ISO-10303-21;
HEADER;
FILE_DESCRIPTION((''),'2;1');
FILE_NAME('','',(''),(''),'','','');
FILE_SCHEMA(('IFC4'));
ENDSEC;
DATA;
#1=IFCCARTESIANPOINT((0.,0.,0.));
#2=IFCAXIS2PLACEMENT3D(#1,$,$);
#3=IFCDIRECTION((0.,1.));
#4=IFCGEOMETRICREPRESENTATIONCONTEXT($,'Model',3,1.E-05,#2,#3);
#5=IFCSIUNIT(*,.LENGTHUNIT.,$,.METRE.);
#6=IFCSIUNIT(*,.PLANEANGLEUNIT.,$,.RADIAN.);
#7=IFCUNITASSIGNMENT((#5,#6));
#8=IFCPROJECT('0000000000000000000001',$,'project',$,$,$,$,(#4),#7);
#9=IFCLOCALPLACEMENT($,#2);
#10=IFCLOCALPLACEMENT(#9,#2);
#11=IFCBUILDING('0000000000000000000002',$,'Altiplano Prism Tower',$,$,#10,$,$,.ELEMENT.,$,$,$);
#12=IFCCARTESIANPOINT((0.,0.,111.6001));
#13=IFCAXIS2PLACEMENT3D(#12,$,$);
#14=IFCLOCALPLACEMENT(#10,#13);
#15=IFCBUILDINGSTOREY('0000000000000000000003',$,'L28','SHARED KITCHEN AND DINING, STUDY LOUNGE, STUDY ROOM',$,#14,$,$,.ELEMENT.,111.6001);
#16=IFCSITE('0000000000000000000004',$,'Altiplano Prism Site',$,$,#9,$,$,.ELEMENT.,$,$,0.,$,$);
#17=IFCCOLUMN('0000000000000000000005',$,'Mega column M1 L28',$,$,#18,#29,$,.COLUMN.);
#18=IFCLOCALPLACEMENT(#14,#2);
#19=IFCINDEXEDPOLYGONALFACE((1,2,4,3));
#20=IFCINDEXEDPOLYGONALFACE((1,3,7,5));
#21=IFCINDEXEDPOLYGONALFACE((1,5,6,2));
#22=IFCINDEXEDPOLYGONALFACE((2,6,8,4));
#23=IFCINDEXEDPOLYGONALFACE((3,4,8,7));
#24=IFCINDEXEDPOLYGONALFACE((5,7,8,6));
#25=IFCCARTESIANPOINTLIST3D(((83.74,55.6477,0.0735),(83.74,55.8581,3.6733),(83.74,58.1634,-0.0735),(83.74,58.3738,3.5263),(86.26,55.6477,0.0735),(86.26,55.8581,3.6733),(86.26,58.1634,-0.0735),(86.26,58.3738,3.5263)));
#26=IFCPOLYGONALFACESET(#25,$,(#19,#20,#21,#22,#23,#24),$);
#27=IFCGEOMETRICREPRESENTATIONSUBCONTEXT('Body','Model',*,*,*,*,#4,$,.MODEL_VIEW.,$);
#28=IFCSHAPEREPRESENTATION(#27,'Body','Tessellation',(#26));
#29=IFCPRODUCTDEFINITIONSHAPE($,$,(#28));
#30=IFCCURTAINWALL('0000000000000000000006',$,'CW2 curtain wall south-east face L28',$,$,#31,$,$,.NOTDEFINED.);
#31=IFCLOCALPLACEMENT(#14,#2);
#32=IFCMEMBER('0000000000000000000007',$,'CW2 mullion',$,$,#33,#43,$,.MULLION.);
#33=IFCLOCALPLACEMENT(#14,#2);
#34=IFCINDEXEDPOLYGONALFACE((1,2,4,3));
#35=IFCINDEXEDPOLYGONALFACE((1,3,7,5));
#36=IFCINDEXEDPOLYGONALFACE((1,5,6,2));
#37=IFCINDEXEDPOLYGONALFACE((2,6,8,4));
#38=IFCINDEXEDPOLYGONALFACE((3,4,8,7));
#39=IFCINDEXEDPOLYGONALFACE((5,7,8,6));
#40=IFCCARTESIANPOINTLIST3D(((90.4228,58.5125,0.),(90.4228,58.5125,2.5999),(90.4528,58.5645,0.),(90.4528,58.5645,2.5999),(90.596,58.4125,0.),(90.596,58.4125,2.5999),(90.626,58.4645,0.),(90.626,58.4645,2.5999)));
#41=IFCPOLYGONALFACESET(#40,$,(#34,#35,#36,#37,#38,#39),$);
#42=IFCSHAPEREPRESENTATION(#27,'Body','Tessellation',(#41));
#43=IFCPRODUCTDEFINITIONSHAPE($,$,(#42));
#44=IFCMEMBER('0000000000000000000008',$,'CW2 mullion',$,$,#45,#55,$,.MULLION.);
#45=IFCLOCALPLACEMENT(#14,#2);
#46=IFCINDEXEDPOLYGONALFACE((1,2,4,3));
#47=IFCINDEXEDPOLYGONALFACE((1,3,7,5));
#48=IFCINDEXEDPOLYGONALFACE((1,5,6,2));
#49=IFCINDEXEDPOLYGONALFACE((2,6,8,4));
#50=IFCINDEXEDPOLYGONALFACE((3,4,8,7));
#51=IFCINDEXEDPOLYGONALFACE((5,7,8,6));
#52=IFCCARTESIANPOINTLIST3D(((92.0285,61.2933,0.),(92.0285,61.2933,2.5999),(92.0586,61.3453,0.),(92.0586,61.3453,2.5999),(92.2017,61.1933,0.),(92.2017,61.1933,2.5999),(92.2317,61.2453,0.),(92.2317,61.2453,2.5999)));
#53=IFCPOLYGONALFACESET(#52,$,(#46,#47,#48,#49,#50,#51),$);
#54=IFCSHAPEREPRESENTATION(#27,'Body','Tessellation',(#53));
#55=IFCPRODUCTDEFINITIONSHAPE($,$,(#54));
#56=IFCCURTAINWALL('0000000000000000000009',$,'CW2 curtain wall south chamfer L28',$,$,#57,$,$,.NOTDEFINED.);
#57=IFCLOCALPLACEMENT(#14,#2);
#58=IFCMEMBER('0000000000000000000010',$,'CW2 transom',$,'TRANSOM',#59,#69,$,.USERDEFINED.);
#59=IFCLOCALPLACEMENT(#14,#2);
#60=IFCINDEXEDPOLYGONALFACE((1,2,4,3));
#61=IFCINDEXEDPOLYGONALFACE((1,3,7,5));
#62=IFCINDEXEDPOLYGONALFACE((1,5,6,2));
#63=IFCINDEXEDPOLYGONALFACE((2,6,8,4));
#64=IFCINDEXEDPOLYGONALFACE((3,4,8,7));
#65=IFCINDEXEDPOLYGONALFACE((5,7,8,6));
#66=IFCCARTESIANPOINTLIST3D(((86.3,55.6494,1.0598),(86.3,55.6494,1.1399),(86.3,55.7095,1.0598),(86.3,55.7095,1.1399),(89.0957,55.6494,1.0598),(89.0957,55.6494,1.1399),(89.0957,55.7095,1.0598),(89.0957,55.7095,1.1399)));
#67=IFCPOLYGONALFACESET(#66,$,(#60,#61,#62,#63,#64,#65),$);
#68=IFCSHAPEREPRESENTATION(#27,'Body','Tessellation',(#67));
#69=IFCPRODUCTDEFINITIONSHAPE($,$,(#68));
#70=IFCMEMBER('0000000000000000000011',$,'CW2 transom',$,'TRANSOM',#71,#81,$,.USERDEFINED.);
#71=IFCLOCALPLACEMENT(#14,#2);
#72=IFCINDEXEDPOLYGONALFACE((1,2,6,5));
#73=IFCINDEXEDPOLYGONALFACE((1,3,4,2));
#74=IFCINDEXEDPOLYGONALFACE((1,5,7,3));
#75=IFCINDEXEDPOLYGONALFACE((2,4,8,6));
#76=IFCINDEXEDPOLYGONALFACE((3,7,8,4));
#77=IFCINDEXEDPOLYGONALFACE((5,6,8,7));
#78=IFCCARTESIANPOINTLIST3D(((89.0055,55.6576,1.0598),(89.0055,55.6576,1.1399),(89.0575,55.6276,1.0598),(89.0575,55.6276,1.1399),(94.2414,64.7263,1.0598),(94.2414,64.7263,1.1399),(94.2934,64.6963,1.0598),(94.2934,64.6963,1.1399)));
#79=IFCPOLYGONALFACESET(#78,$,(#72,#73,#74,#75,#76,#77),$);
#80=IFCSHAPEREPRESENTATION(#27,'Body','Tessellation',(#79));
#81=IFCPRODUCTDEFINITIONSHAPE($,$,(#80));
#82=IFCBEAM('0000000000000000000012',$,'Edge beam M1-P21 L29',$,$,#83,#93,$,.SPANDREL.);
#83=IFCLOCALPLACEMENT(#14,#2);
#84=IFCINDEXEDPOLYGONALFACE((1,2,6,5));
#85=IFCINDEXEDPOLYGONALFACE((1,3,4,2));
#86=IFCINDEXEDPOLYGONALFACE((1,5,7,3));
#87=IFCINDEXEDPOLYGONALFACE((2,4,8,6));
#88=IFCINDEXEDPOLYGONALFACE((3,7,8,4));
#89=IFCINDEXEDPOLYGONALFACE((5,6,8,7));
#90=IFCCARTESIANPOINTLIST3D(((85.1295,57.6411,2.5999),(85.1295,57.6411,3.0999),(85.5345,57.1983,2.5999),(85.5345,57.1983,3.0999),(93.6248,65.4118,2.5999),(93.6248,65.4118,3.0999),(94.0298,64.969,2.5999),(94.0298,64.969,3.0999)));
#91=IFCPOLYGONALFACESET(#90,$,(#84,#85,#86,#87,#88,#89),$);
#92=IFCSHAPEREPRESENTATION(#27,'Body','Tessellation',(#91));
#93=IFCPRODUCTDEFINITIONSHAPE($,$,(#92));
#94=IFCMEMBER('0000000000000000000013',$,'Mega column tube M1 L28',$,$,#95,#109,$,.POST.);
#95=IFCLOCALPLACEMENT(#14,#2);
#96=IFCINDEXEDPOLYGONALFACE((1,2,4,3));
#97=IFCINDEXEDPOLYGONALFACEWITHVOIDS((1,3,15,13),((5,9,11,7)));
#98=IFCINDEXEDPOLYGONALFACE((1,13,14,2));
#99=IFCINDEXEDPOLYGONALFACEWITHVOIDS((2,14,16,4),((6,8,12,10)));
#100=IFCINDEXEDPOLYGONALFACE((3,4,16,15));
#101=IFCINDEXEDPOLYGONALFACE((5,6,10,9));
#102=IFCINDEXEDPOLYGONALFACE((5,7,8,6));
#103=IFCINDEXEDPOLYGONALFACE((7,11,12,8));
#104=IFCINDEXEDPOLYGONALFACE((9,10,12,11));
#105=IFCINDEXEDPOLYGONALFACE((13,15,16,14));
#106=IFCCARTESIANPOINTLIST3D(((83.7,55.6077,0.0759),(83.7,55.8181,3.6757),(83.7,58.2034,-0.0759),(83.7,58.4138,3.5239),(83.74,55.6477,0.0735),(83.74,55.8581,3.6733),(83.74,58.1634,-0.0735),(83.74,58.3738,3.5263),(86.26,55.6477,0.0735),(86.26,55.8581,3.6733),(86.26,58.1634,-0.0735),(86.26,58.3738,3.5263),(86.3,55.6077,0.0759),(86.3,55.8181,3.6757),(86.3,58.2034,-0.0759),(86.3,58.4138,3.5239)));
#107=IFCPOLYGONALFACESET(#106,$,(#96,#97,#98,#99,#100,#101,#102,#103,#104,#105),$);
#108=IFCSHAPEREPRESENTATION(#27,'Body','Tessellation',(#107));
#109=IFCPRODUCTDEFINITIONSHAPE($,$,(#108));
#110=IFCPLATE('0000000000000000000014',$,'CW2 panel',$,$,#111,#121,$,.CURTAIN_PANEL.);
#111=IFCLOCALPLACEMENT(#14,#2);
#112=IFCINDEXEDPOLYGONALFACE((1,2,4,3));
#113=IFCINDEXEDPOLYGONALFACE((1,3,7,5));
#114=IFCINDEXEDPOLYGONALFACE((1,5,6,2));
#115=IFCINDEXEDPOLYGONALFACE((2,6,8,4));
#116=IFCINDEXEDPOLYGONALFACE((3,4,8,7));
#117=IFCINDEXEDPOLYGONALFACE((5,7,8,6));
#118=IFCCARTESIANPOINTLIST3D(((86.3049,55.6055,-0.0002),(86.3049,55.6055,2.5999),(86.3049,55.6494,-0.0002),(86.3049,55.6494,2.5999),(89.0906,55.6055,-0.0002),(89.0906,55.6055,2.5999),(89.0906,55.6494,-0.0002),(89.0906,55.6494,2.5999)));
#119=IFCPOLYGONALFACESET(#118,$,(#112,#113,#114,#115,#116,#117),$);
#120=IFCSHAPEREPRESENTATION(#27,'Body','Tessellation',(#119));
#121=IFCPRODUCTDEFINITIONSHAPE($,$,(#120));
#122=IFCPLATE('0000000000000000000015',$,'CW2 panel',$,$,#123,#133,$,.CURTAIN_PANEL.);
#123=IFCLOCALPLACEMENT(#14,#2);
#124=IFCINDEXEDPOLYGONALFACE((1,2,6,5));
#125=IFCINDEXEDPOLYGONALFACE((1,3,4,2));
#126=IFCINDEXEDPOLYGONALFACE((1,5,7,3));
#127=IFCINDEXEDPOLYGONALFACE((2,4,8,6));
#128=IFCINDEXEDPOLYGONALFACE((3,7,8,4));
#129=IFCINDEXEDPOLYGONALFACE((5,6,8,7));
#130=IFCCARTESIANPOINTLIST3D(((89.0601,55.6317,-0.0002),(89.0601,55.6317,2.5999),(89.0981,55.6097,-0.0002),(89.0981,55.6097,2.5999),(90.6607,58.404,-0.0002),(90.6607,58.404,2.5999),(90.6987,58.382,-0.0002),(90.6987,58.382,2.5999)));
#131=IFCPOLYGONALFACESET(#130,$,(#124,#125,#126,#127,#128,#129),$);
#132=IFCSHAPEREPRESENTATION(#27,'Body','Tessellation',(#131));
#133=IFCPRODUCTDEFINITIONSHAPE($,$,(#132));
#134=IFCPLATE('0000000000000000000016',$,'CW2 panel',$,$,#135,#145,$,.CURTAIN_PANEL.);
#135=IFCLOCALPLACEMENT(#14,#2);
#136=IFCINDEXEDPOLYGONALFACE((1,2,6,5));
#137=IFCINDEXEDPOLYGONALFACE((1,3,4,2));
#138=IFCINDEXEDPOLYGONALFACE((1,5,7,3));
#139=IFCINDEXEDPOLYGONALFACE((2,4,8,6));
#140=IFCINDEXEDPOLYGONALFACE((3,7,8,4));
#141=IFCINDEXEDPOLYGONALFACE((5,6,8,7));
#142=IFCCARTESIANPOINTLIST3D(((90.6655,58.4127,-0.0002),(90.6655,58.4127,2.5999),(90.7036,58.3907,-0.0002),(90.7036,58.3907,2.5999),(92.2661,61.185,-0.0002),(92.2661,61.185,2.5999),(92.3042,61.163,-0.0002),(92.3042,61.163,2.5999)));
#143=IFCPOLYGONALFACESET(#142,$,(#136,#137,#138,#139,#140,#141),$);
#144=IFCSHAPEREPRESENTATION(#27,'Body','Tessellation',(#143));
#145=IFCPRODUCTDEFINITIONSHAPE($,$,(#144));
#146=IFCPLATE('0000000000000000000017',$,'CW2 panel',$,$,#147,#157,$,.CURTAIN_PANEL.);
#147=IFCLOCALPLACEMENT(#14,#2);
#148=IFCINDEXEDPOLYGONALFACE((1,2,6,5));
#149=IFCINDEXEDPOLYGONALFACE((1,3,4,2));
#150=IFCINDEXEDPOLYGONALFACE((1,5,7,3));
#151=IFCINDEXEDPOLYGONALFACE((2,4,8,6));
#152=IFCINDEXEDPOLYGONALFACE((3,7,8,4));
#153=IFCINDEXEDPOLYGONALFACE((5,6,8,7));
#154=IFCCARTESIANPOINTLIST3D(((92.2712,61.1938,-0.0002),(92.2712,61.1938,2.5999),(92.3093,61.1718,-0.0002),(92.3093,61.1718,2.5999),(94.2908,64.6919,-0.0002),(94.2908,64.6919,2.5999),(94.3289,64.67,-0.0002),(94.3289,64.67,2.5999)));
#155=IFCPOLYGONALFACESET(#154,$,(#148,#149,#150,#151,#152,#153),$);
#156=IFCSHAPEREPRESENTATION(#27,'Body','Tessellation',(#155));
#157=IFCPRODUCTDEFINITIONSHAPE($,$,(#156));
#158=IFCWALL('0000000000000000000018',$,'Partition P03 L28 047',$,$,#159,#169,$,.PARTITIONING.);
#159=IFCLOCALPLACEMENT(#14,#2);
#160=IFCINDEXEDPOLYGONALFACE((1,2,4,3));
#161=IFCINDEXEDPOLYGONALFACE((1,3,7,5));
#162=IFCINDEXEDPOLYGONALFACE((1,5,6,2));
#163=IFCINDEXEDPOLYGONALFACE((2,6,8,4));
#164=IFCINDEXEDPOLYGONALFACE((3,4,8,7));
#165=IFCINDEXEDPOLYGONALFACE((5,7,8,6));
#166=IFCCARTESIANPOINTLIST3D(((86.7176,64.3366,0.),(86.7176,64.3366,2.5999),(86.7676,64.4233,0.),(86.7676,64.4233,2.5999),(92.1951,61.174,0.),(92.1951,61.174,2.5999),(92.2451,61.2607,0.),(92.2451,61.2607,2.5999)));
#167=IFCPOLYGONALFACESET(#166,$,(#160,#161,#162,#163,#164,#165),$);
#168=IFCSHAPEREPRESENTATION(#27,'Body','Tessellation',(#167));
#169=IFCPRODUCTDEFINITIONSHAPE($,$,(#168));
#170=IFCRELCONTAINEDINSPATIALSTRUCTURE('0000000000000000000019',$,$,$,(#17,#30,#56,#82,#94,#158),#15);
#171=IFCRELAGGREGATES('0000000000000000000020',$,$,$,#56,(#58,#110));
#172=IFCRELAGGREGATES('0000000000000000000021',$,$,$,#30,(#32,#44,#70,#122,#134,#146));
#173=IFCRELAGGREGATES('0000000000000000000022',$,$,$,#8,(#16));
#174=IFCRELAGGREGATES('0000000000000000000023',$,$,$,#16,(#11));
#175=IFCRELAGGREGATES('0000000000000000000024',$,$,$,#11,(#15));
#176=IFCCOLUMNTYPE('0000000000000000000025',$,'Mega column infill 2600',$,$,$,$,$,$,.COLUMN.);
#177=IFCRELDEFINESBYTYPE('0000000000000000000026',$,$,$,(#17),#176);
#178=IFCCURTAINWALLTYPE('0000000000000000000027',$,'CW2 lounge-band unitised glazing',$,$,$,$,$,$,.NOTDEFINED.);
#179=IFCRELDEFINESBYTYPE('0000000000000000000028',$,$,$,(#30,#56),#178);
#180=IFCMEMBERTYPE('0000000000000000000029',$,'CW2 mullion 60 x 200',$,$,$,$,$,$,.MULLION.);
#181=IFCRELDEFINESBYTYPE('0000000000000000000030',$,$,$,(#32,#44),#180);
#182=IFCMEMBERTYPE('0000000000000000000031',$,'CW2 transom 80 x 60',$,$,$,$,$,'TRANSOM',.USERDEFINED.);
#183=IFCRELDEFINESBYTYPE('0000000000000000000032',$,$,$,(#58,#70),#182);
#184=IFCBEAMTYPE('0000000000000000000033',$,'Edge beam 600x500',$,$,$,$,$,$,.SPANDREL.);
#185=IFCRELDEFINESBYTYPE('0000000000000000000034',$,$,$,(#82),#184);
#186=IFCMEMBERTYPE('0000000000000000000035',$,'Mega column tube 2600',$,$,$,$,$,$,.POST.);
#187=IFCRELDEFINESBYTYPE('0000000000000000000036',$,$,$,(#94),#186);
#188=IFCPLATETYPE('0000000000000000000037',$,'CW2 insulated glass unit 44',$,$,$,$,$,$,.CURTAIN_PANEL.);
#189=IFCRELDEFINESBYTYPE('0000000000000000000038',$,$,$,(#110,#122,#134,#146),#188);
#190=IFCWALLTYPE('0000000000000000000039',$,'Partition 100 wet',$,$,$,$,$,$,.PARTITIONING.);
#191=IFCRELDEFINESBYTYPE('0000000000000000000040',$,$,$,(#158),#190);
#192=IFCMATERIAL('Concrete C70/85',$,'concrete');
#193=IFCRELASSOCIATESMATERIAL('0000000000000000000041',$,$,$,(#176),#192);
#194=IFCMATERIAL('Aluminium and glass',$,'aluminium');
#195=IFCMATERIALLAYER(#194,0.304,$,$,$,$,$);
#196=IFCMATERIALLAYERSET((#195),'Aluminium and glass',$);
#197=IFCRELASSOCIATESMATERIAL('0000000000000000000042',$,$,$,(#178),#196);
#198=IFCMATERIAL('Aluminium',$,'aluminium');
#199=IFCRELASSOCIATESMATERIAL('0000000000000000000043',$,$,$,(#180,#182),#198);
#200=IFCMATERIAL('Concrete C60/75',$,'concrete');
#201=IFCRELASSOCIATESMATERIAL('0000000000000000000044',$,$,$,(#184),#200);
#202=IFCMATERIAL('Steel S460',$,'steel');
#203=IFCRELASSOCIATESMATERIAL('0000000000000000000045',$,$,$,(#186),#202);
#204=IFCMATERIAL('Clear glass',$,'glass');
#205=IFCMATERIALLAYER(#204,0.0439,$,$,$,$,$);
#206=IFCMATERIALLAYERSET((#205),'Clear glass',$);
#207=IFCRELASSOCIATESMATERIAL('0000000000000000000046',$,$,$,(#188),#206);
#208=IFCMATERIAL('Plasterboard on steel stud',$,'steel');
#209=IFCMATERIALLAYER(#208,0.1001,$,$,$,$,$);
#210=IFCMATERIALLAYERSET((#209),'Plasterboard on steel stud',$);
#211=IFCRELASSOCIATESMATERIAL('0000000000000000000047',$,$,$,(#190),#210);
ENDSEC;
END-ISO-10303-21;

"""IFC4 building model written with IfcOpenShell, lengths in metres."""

from ifc_helpers import new_model, si_unit, direction, frame, frame_2d, origin, origin_2d, place, context, subcontext, project, spatial, rectangle, hollow_rectangle, extrude, material, layer, layer_set, material_profile, profile_set, type_object, element, aggregate, save


model = new_model("IFC4")

# Units and contexts
model_context = context("Model", 3, precision=1e-05, world=origin(), true_north=direction((0.0, 1.0)))
body_context = subcontext(model_context, "Body", "Model", "MODEL_VIEW")
ifc_project = project(units=[si_unit("LENGTHUNIT", "METRE"), si_unit("PLANEANGLEUNIT", "RADIAN")], contexts=[model_context])

# Site, building, storey
site_placement = place(None, origin())
site = spatial("IfcSite", under=ifc_project, at=site_placement, Name="Altiplano Prism Site", CompositionType="ELEMENT", RefElevation=0.0)
building_placement = place(site_placement, origin())
building = spatial("IfcBuilding", under=site, at=building_placement, Name="Altiplano Prism Tower", CompositionType="ELEMENT")
storey_placement = place(building_placement, frame((0.0, 0.0, 111.6001)))
storey = spatial("IfcBuildingStorey", under=building, at=storey_placement, Name="L28", Description="SHARED KITCHEN AND DINING, STUDY LOUNGE, STUDY ROOM", CompositionType="ELEMENT", Elevation=111.6001)

# Column
ifc_material_1 = material(Name="Concrete C70/85", Category="concrete")
ifc_material_profile_1 = material_profile(ifc_material_1, rectangle(XDim=2.52, YDim=2.52, at=origin_2d()), Name="Mega column infill 2600")
ifc_profile_set_1 = profile_set([ifc_material_profile_1], Name="Concrete C70/85")
column_type = type_object("IfcColumnType", Name="Mega column infill 2600", PredefinedType="COLUMN", material=ifc_profile_set_1)
column_placement = place(storey_placement, frame((85.0, 56.9055, 0.0), z_axis=(0.0, 0.058361, 0.998296), x_axis=(-1.0, 0.0, 0.0)))
element("IfcColumn", 1, at=column_placement, inside=storey, type_object=column_type, Name="Mega column M1 L28", PredefinedType="COLUMN", context=body_context, shape_type="SweptSolid", body=[
    extrude(rectangle(XDim=2.52, YDim=2.52, at=origin_2d()), origin(), (0.0, 0.0, 1.0), 3.606),
])

# Curtain wall, members
ifc_material_2 = material(Name="Aluminium and glass", Category="aluminium")
ifc_layer_1 = layer(ifc_material_2, 0.304)
ifc_layer_set_1 = layer_set([ifc_layer_1], Name="Aluminium and glass")
curtain_wall_type = type_object("IfcCurtainWallType", Name="CW2 lounge-band unitised glazing", PredefinedType="NOTDEFINED", material=ifc_layer_set_1)
curtain_wall_1_placement = place(storey_placement, origin())
curtain_wall_1 = element("IfcCurtainWall", 2, at=curtain_wall_1_placement, inside=storey, type_object=curtain_wall_type, Name="CW2 curtain wall south-east face L28", PredefinedType="NOTDEFINED")
ifc_material_3 = material(Name="Aluminium", Category="aluminium")
ifc_material_profile_2 = material_profile(ifc_material_3, rectangle(XDim=0.2, YDim=0.0601, at=origin_2d()), Name="CW2 mullion 60 x 200")
ifc_profile_set_2 = profile_set([ifc_material_profile_2], Name="Aluminium")
member_type_1 = type_object("IfcMemberType", Name="CW2 mullion 60 x 200", PredefinedType="MULLION", material=ifc_profile_set_2)
member_1_placement = place(storey_placement, frame((90.5244, 58.4885, 0.0), z_axis=(0.0, 0.0, 1.0), x_axis=(-0.866025, 0.5, 0.0)))
member_1 = element("IfcMember", 3, at=member_1_placement, type_object=member_type_1, Name="CW2 mullion", PredefinedType="MULLION", context=body_context, shape_type="SweptSolid", body=[
    extrude(rectangle(XDim=0.2, YDim=0.0601, at=origin_2d()), origin(), (0.0, 0.0, 1.0), 2.5999),
])
member_2_placement = place(storey_placement, frame((92.1301, 61.2693, 0.0), z_axis=(0.0, 0.0, 1.0), x_axis=(-0.866025, 0.5, 0.0)))
member_2 = element("IfcMember", 4, at=member_2_placement, type_object=member_type_1, Name="CW2 mullion", PredefinedType="MULLION", context=body_context, shape_type="SweptSolid", body=[
    extrude(rectangle(XDim=0.2, YDim=0.0601, at=origin_2d()), origin(), (0.0, 0.0, 1.0), 2.5999),
])

# Curtain wall, member
curtain_wall_2_placement = place(storey_placement, origin())
curtain_wall_2 = element("IfcCurtainWall", 5, at=curtain_wall_2_placement, inside=storey, type_object=curtain_wall_type, Name="CW2 curtain wall south chamfer L28", PredefinedType="NOTDEFINED")
ifc_material_profile_3 = material_profile(ifc_material_3, rectangle(XDim=0.0601, YDim=0.0801, at=origin_2d()), Name="CW2 transom 80 x 60")
ifc_profile_set_3 = profile_set([ifc_material_profile_3], Name="Aluminium")
member_type_2 = type_object("IfcMemberType", Name="CW2 transom 80 x 60", ElementType="TRANSOM", PredefinedType="USERDEFINED", material=ifc_profile_set_3)
member_3_placement = place(storey_placement, frame((86.3, 55.6794, 1.0999), z_axis=(1.0, 0.0, 0.0), x_axis=(0.0, 1.0, 0.0)))
member_3 = element("IfcMember", 6, at=member_3_placement, type_object=member_type_2, Name="CW2 transom", ObjectType="TRANSOM", PredefinedType="USERDEFINED", context=body_context, shape_type="SweptSolid", body=[
    extrude(rectangle(XDim=0.0601, YDim=0.0801, at=origin_2d()), origin(), (0.0, 0.0, 1.0), 2.7957),
])

# Member
member_4_placement = place(storey_placement, frame((89.0315, 55.6426, 1.0999), z_axis=(0.500006, 0.866022, 0.0), x_axis=(-0.866022, 0.500006, 0.0)))
member_4 = element("IfcMember", 7, at=member_4_placement, type_object=member_type_2, Name="CW2 transom", ObjectType="TRANSOM", PredefinedType="USERDEFINED", context=body_context, shape_type="SweptSolid", body=[
    extrude(rectangle(XDim=0.0601, YDim=0.0801, at=origin_2d()), origin(), (0.0, 0.0, 1.0), 10.4717),
])

# Beam
ifc_material_4 = material(Name="Concrete C60/75", Category="concrete")
ifc_material_profile_4 = material_profile(ifc_material_4, rectangle(XDim=0.6001, YDim=0.5, at=origin_2d()), Name="Edge beam 600x500")
ifc_profile_set_4 = profile_set([ifc_material_profile_4], Name="Concrete C60/75")
beam_type = type_object("IfcBeamType", Name="Edge beam 600x500", PredefinedType="SPANDREL", material=ifc_profile_set_4)
beam_placement = place(storey_placement, frame((85.332, 57.4197, 2.8499), z_axis=(0.737875, 0.674938, 0.0), x_axis=(-0.674938, 0.737875, 0.0)))
element("IfcBeam", 8, at=beam_placement, inside=storey, type_object=beam_type, Name="Edge beam M1-P21 L29", PredefinedType="SPANDREL", context=body_context, shape_type="SweptSolid", body=[
    extrude(rectangle(XDim=0.6001, YDim=0.5, at=origin_2d()), origin(), (0.0, 0.0, 1.0), 11.5132),
])

# Member
ifc_material_5 = material(Name="Steel S460", Category="steel")
ifc_material_profile_5 = material_profile(ifc_material_5, hollow_rectangle(XDim=2.6001, YDim=2.6001, WallThickness=0.04, at=origin_2d()), Name="Mega column tube 2600")
ifc_profile_set_5 = profile_set([ifc_material_profile_5], Name="Steel S460")
member_type_3 = type_object("IfcMemberType", Name="Mega column tube 2600", PredefinedType="POST", material=ifc_profile_set_5)
member_5_placement = place(storey_placement, frame((85.0, 56.9055, 0.0), z_axis=(0.0, 0.058361, 0.998296), x_axis=(-1.0, 0.0, 0.0)))
element("IfcMember", 9, at=member_5_placement, inside=storey, type_object=member_type_3, Name="Mega column tube M1 L28", PredefinedType="POST", context=body_context, shape_type="SweptSolid", body=[
    extrude(hollow_rectangle(XDim=2.6001, YDim=2.6001, WallThickness=0.04, at=origin_2d()), origin(), (0.0, 0.0, 1.0), 3.606),
])

# Plates
ifc_material_6 = material(Name="Clear glass", Category="glass")
ifc_layer_2 = layer(ifc_material_6, 0.0439)
ifc_layer_set_2 = layer_set([ifc_layer_2], Name="Clear glass")
plate_type = type_object("IfcPlateType", Name="CW2 insulated glass unit 44", PredefinedType="CURTAIN_PANEL", material=ifc_layer_set_2)
plate_1_placement = place(storey_placement, frame((87.6978, 55.6274, -0.0002), z_axis=(0.0, 0.0, 1.0), x_axis=(1.0, 0.0, 0.0)))
plate_1 = element("IfcPlate", 10, at=plate_1_placement, type_object=plate_type, Name="CW2 panel", PredefinedType="CURTAIN_PANEL", context=body_context, shape_type="SweptSolid", body=[
    extrude(rectangle(XDim=2.7856, YDim=0.0439, at=origin_2d()), origin(), (0.0, 0.0, 1.0), 2.6001),
])
aggregate(curtain_wall_2, [member_3, plate_1])
plate_2_placement = place(storey_placement, frame((89.8794, 57.0068, -0.0002), z_axis=(0.0, 0.0, 1.0), x_axis=(0.5, 0.866025, 0.0)))
plate_2 = element("IfcPlate", 11, at=plate_2_placement, type_object=plate_type, Name="CW2 panel", PredefinedType="CURTAIN_PANEL", context=body_context, shape_type="SweptSolid", body=[
    extrude(rectangle(XDim=3.2012, YDim=0.0439, at=origin_2d()), origin(), (0.0, 0.0, 1.0), 2.6001),
])
plate_3_placement = place(storey_placement, frame((91.4849, 59.7878, -0.0002), z_axis=(0.0, 0.0, 1.0), x_axis=(0.5, 0.866025, 0.0)))
plate_3 = element("IfcPlate", 12, at=plate_3_placement, type_object=plate_type, Name="CW2 panel", PredefinedType="CURTAIN_PANEL", context=body_context, shape_type="SweptSolid", body=[
    extrude(rectangle(XDim=3.2012, YDim=0.0439, at=origin_2d()), origin(), (0.0, 0.0, 1.0), 2.6001),
])
plate_4_placement = place(storey_placement, frame((93.3, 62.9319, -0.0002), z_axis=(0.0, 0.0, 1.0), x_axis=(0.5, 0.866025, 0.0)))
plate_4 = element("IfcPlate", 13, at=plate_4_placement, type_object=plate_type, Name="CW2 panel", PredefinedType="CURTAIN_PANEL", context=body_context, shape_type="SweptSolid", body=[
    extrude(rectangle(XDim=4.0393, YDim=0.0439, at=origin_2d()), origin(), (0.0, 0.0, 1.0), 2.6001),
])
aggregate(curtain_wall_1, [member_1, member_2, member_4, plate_2, plate_3, plate_4])

# Wall
ifc_material_7 = material(Name="Plasterboard on steel stud", Category="steel")
ifc_layer_3 = layer(ifc_material_7, 0.1001)
ifc_layer_set_3 = layer_set([ifc_layer_3], Name="Plasterboard on steel stud")
wall_type_1 = type_object("IfcWallType", Name="Partition 100 wet", PredefinedType="PARTITIONING", material=ifc_layer_set_3)
wall_1_placement = place(storey_placement, frame((92.2202, 61.2173, 0.0), z_axis=(0.0, 0.0, 1.0), x_axis=(-0.866016, 0.500016, 0.0)))
element("IfcWall", 14, at=wall_1_placement, inside=storey, type_object=wall_type_1, Name="Partition P03 L28 047", PredefinedType="PARTITIONING", context=body_context, shape_type="SweptSolid", body=[
    extrude(rectangle(XDim=6.325, YDim=0.1001, at=frame_2d((3.1626, 0.0))), origin(), (0.0, 0.0, 1.0), 2.5999),
])

save(model, "model.ifc")
